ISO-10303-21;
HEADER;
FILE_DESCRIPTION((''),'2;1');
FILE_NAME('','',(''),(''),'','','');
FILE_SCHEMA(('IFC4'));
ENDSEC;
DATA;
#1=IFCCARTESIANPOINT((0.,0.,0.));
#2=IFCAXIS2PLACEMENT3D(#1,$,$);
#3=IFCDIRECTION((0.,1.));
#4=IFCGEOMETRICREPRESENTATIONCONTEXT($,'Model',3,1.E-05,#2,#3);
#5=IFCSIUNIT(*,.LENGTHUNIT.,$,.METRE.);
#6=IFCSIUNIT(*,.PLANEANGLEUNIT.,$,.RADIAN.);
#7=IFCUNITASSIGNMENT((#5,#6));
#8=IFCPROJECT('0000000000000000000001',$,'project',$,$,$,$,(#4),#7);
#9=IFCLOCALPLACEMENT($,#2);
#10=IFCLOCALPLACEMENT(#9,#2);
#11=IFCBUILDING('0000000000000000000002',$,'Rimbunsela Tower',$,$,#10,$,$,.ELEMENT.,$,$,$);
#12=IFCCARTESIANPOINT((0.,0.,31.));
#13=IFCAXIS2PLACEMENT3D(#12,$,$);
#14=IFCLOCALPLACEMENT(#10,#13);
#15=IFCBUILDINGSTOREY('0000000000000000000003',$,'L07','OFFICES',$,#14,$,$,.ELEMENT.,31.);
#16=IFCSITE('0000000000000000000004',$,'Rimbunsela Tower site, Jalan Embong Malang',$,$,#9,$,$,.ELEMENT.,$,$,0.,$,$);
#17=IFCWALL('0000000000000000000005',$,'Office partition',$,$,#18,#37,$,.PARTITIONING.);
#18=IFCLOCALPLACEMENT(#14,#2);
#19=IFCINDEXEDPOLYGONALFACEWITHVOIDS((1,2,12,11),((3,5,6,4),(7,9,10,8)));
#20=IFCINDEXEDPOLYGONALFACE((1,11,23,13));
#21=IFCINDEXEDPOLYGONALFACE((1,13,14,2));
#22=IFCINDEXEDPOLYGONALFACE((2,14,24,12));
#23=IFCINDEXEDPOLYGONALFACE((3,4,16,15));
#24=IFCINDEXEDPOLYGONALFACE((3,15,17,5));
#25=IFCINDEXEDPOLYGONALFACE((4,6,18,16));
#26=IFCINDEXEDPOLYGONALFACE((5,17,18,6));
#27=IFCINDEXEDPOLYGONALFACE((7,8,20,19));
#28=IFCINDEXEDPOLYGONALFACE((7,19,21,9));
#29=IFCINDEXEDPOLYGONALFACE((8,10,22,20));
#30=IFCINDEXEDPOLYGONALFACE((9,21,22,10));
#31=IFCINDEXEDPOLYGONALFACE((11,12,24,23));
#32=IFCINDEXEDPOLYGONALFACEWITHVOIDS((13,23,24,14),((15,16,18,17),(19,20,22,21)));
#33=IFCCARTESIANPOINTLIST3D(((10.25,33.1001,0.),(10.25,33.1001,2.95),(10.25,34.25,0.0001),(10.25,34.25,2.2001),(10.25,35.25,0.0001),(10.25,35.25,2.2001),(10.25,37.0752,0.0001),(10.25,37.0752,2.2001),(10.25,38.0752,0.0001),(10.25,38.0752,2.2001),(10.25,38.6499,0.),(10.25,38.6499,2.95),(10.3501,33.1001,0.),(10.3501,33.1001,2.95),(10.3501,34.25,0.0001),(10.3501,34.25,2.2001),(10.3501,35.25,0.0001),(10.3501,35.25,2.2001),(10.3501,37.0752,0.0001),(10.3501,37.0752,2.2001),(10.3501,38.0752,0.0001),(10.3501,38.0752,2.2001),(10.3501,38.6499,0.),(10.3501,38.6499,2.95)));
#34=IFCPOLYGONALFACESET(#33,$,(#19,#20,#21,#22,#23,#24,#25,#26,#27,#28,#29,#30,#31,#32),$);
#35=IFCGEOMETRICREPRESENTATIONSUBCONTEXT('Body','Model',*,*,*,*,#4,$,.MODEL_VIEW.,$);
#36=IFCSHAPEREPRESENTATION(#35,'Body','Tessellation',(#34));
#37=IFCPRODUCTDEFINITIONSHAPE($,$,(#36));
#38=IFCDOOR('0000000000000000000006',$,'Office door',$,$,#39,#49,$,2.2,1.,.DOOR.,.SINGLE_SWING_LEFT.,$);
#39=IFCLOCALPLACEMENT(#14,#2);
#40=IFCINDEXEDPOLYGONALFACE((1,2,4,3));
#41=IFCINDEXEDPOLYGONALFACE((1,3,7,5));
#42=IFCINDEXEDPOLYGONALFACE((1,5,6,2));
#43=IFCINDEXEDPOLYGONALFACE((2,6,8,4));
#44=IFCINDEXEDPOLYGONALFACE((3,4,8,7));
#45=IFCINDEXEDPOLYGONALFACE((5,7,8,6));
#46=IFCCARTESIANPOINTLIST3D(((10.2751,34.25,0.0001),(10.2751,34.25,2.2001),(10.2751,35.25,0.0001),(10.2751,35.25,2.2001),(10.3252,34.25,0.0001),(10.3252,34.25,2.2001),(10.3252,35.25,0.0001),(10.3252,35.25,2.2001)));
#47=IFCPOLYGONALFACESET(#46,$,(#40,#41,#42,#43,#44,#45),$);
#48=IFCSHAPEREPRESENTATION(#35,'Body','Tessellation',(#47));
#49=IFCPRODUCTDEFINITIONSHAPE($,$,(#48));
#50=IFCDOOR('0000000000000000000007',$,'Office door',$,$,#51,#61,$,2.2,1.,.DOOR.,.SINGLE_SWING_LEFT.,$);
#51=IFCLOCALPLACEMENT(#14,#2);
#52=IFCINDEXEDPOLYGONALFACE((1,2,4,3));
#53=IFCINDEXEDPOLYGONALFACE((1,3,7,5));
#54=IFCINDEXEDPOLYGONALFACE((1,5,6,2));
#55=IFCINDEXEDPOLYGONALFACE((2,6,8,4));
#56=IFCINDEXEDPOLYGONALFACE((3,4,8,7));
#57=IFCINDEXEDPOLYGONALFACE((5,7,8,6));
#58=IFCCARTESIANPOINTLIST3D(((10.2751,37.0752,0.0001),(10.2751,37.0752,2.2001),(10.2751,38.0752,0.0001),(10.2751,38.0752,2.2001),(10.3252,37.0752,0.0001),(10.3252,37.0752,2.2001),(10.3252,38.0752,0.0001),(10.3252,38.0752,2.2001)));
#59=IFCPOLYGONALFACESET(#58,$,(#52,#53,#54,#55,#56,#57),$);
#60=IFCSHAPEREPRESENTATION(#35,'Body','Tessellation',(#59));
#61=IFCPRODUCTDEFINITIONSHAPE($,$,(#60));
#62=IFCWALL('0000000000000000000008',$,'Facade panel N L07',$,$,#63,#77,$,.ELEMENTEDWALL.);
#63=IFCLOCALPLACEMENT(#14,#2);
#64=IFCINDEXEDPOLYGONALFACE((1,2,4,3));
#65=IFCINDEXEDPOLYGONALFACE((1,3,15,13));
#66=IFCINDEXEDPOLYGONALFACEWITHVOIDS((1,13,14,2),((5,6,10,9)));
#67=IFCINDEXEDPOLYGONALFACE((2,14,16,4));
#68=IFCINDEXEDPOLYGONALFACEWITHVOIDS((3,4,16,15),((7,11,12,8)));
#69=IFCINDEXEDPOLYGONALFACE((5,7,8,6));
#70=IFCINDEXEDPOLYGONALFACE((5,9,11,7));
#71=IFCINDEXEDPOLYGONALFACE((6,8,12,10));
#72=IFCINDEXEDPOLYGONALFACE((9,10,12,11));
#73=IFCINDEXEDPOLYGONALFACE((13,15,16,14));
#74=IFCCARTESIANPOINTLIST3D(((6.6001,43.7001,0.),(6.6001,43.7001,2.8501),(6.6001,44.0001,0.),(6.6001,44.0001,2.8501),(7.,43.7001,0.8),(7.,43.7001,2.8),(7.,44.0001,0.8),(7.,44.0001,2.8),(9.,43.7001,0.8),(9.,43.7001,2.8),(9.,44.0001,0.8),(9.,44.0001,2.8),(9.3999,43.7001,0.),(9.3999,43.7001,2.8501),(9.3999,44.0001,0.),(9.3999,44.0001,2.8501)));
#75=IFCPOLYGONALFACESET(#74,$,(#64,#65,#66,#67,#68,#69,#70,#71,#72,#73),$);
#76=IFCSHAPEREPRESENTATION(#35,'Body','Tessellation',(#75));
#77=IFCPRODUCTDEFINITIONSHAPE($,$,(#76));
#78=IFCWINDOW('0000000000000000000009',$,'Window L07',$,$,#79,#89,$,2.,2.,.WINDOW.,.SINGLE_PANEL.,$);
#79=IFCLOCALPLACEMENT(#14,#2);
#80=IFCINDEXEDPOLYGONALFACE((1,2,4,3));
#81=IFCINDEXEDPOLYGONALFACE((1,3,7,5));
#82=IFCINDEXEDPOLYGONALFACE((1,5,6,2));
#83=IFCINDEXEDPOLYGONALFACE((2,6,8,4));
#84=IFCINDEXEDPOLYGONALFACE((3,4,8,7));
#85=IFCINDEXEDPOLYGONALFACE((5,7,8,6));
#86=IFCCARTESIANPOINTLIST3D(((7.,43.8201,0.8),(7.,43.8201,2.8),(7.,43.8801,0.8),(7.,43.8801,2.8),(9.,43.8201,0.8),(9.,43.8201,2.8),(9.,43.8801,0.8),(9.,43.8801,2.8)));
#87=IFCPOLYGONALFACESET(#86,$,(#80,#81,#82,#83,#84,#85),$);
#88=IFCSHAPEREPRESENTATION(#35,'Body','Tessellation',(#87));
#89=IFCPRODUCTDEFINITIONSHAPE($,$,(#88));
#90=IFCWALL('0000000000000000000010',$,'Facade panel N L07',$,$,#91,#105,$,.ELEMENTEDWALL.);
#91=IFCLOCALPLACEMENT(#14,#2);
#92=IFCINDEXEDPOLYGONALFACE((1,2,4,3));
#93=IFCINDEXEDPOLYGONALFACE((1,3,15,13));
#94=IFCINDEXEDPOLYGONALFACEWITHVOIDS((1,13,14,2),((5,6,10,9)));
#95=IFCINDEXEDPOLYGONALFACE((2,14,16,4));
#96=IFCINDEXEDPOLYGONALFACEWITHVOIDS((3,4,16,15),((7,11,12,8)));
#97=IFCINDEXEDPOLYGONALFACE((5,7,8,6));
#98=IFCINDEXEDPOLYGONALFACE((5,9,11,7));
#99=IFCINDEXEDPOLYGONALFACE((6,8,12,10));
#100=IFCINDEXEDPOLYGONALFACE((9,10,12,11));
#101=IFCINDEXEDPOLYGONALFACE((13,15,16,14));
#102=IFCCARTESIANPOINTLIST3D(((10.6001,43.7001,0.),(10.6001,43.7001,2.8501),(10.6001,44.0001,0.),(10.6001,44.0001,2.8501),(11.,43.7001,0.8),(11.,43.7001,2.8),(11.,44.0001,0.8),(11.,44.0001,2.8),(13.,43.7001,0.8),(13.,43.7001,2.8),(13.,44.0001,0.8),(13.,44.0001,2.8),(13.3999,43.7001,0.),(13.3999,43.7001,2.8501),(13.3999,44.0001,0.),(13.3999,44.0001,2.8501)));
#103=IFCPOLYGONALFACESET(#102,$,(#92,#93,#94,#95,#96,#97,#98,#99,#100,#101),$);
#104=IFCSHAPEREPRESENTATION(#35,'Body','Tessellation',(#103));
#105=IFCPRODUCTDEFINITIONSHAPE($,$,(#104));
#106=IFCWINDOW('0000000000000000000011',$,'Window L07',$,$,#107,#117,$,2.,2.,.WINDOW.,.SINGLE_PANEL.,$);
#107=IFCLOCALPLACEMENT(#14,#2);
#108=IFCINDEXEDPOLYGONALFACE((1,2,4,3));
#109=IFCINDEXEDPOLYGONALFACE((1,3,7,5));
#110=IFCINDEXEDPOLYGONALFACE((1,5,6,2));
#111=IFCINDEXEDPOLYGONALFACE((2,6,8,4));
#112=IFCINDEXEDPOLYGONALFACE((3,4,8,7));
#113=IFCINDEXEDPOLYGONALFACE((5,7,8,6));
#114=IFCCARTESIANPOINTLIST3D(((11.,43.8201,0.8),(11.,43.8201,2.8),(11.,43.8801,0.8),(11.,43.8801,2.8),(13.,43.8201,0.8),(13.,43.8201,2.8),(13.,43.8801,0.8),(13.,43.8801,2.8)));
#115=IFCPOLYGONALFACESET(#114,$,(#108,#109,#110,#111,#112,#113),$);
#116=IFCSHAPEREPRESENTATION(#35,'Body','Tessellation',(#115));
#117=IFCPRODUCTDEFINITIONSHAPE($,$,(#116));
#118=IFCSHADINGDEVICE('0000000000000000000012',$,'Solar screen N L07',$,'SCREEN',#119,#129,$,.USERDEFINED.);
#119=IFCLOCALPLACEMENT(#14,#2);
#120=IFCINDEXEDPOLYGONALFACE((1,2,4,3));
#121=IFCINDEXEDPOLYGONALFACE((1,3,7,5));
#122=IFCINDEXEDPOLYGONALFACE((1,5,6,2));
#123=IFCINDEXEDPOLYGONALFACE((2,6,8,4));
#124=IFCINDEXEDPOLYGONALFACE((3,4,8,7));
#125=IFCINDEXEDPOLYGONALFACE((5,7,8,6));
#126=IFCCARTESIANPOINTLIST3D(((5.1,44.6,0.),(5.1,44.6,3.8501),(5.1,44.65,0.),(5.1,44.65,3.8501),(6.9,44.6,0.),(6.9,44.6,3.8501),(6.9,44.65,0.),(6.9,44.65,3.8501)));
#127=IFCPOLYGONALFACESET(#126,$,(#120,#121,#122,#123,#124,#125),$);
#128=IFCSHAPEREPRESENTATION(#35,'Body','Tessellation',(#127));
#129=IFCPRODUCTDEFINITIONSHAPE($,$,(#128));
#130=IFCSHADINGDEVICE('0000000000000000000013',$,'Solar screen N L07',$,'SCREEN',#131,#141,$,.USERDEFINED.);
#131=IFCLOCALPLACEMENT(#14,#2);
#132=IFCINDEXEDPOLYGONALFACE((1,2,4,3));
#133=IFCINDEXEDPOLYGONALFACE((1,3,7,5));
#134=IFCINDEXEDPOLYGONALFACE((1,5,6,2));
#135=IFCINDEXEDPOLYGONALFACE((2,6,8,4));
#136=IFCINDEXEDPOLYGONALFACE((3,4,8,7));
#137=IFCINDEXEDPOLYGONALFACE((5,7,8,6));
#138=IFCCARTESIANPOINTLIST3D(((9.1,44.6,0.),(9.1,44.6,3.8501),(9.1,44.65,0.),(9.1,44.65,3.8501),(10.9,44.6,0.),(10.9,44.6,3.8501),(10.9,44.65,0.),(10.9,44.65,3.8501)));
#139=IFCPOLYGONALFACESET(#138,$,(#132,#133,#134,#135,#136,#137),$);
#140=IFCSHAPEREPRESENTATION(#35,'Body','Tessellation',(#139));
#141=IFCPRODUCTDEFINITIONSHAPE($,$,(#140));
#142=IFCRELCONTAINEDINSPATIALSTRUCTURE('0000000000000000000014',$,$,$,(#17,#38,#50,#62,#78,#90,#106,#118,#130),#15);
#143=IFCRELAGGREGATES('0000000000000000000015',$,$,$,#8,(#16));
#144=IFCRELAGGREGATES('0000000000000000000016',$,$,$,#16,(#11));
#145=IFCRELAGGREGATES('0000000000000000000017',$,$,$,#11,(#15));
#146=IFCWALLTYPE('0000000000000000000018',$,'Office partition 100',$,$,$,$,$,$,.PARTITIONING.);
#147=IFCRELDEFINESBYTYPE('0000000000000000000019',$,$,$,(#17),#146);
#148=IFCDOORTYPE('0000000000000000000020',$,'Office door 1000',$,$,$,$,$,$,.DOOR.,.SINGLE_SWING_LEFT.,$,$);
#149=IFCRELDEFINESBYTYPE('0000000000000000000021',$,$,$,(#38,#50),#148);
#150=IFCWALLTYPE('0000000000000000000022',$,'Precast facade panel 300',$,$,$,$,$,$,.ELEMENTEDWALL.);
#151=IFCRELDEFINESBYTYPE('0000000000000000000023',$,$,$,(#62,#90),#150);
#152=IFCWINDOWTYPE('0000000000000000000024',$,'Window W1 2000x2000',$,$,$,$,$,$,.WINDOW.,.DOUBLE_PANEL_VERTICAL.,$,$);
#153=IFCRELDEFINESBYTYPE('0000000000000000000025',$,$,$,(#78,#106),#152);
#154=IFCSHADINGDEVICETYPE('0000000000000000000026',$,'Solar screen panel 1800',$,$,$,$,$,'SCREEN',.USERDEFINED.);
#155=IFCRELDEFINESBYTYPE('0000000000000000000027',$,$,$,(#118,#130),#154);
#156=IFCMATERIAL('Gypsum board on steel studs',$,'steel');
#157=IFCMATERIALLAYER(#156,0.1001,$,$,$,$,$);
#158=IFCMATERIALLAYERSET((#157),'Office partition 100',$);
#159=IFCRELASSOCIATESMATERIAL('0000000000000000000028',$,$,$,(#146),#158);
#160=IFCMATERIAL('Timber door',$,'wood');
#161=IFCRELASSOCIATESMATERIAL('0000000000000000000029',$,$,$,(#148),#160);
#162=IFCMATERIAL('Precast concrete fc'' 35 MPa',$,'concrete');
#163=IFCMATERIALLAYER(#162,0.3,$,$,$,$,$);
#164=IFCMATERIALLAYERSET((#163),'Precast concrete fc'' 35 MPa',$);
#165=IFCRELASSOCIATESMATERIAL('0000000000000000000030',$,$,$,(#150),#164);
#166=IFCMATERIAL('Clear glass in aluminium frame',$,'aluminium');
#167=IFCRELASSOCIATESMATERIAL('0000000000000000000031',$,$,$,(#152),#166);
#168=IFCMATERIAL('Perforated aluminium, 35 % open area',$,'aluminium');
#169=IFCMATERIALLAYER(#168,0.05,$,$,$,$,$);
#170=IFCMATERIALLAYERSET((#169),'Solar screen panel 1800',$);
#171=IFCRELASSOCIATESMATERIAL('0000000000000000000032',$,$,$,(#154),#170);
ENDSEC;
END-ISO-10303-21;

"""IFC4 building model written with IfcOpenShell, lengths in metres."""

from ifc_helpers import new_model, si_unit, direction, frame, frame_2d, origin, origin_2d, place, context, subcontext, project, spatial, rectangle, extrude, material, layer, layer_set, type_object, element, fill, save


model = new_model("IFC4")

# Units and contexts
model_context = context("Model", 3, precision=1e-05, world=origin(), true_north=direction((0.0, 1.0)))
body_context = subcontext(model_context, "Body", "Model", "MODEL_VIEW")
ifc_project = project(units=[si_unit("LENGTHUNIT", "METRE"), si_unit("PLANEANGLEUNIT", "RADIAN")], contexts=[model_context])

# Site, building, storey
site_placement = place(None, origin())
site = spatial("IfcSite", under=ifc_project, at=site_placement, Name="Rimbunsela Tower site, Jalan Embong Malang", CompositionType="ELEMENT", RefElevation=0.0)
building_placement = place(site_placement, origin())
building = spatial("IfcBuilding", under=site, at=building_placement, Name="Rimbunsela Tower", CompositionType="ELEMENT")
storey_placement = place(building_placement, frame((0.0, 0.0, 31.0)))
storey = spatial("IfcBuildingStorey", under=building, at=storey_placement, Name="L07", Description="OFFICES", CompositionType="ELEMENT", Elevation=31.0)

# Shared definitions
ifc_material_1 = material(Name="Gypsum board on steel studs", Category="steel")
ifc_layer_1 = layer(ifc_material_1, 0.1001)
ifc_layer_set_1 = layer_set([ifc_layer_1], Name="Office partition 100")
wall_type_1 = type_object("IfcWallType", Name="Office partition 100", PredefinedType="PARTITIONING", material=ifc_layer_set_1)

# Wall, openings, doors
wall_1_placement = place(storey_placement, frame((10.3, 33.1001, 0.0), z_axis=(0.0, 0.0, 1.0), x_axis=(0.0, 1.0, 0.0)))
wall_1 = element("IfcWall", 1, at=wall_1_placement, inside=storey, type_object=wall_type_1, Name="Office partition", PredefinedType="PARTITIONING", context=body_context, shape_type="SweptSolid", body=[
    extrude(rectangle(XDim=5.5498, YDim=0.1001, at=frame_2d((2.7749, 0.0))), origin(), (0.0, 0.0, 1.0), 2.95),
])
opening_1_placement = place(wall_1_placement, frame((1.1499, 0.0, 0.0)))
opening_1 = element("IfcOpeningElement", 2, at=opening_1_placement, cuts=wall_1, PredefinedType="OPENING", context=body_context, shape_type="SweptSolid", body=[
    extrude(rectangle(XDim=1.0, YDim=2.2, at=frame_2d((0.5, 1.1001))), frame((0.0, 0.0601, 0.0), z_axis=(0.0, -1.0, 0.0), x_axis=(1.0, 0.0, 0.0)), (0.0, 0.0, 1.0), 0.1201),
])
opening_2_placement = place(wall_1_placement, frame((3.9751, 0.0, 0.0)))
opening_2 = element("IfcOpeningElement", 3, at=opening_2_placement, cuts=wall_1, PredefinedType="OPENING", context=body_context, shape_type="SweptSolid", body=[
    extrude(rectangle(XDim=1.0, YDim=2.2, at=frame_2d((0.5, 1.1001))), frame((0.0, 0.0601, 0.0), z_axis=(0.0, -1.0, 0.0), x_axis=(1.0, 0.0, 0.0)), (0.0, 0.0, 1.0), 0.1201),
])
ifc_material_2 = material(Name="Timber door", Category="wood")
door_type = type_object("IfcDoorType", Name="Office door 1000", OperationType="SINGLE_SWING_LEFT", PredefinedType="DOOR", material=ifc_material_2)
door_1_placement = place(opening_1_placement, origin())
door_1 = element("IfcDoor", 4, at=door_1_placement, inside=storey, type_object=door_type, Name="Office door", OperationType="SINGLE_SWING_LEFT", OverallHeight=2.2, OverallWidth=1.0, PredefinedType="DOOR", context=body_context, shape_type="SweptSolid", body=[
    extrude(rectangle(XDim=1.0, YDim=2.2, at=frame_2d((0.5, 1.1001))), frame((0.0, 0.0249, 0.0), z_axis=(0.0, -1.0, 0.0), x_axis=(1.0, 0.0, 0.0)), (0.0, 0.0, 1.0), 0.05),
])
fill(opening_1, door_1)
door_2_placement = place(opening_2_placement, origin())
door_2 = element("IfcDoor", 5, at=door_2_placement, inside=storey, type_object=door_type, Name="Office door", OperationType="SINGLE_SWING_LEFT", OverallHeight=2.2, OverallWidth=1.0, PredefinedType="DOOR", context=body_context, shape_type="SweptSolid", body=[
    extrude(rectangle(XDim=1.0, YDim=2.2, at=frame_2d((0.5, 1.1001))), frame((0.0, 0.0249, 0.0), z_axis=(0.0, -1.0, 0.0), x_axis=(1.0, 0.0, 0.0)), (0.0, 0.0, 1.0), 0.05),
])
fill(opening_2, door_2)

# Walls, openings, windows
ifc_material_3 = material(Name="Precast concrete fc' 35 MPa", Category="concrete")
ifc_layer_2 = layer(ifc_material_3, 0.3)
ifc_layer_set_2 = layer_set([ifc_layer_2], Name="Precast concrete fc' 35 MPa")
wall_type_2 = type_object("IfcWallType", Name="Precast facade panel 300", PredefinedType="ELEMENTEDWALL", material=ifc_layer_set_2)
wall_2_placement = place(storey_placement, frame((9.3999, 43.8501, 0.0), z_axis=(0.0, 0.0, 1.0), x_axis=(-1.0, 0.0, 0.0)))
wall_2 = element("IfcWall", 6, at=wall_2_placement, inside=storey, type_object=wall_type_2, Name="Facade panel N L07", PredefinedType="ELEMENTEDWALL", context=body_context, shape_type="SweptSolid", body=[
    extrude(rectangle(XDim=2.7998, YDim=0.3, at=frame_2d((1.3999, 0.0))), origin(), (0.0, 0.0, 1.0), 2.8501),
])
opening_3_placement = place(wall_2_placement, frame((0.3999, 0.0, 0.8)))
opening_3 = element("IfcOpeningElement", 7, at=opening_3_placement, cuts=wall_2, PredefinedType="OPENING", context=body_context, shape_type="SweptSolid", body=[
    extrude(rectangle(XDim=2.0, YDim=2.0, at=frame_2d((1.0, 1.0))), frame((0.0, 0.1599, 0.0), z_axis=(0.0, -1.0, 0.0), x_axis=(1.0, 0.0, 0.0)), (0.0, 0.0, 1.0), 0.3201),
])
ifc_material_4 = material(Name="Clear glass in aluminium frame", Category="aluminium")
window_type = type_object("IfcWindowType", Name="Window W1 2000x2000", PartitioningType="DOUBLE_PANEL_VERTICAL", PredefinedType="WINDOW", material=ifc_material_4)
window_1_placement = place(opening_3_placement, origin())
window_1 = element("IfcWindow", 8, at=window_1_placement, inside=storey, type_object=window_type, Name="Window L07", OverallHeight=2.0, OverallWidth=2.0, PartitioningType="SINGLE_PANEL", PredefinedType="WINDOW", context=body_context, shape_type="SweptSolid", body=[
    extrude(rectangle(XDim=2.0, YDim=2.0, at=frame_2d((1.0, 1.0))), frame((0.0, 0.03, 0.0), z_axis=(0.0, -1.0, 0.0), x_axis=(1.0, 0.0, 0.0)), (0.0, 0.0, 1.0), 0.0601),
])
fill(opening_3, window_1)
wall_3_placement = place(storey_placement, frame((13.3999, 43.8501, 0.0), z_axis=(0.0, 0.0, 1.0), x_axis=(-1.0, 0.0, 0.0)))
wall_3 = element("IfcWall", 9, at=wall_3_placement, inside=storey, type_object=wall_type_2, Name="Facade panel N L07", PredefinedType="ELEMENTEDWALL", context=body_context, shape_type="SweptSolid", body=[
    extrude(rectangle(XDim=2.7998, YDim=0.3, at=frame_2d((1.3999, 0.0))), origin(), (0.0, 0.0, 1.0), 2.8501),
])
opening_4_placement = place(wall_3_placement, frame((0.3999, 0.0, 0.8)))
opening_4 = element("IfcOpeningElement", 10, at=opening_4_placement, cuts=wall_3, PredefinedType="OPENING", context=body_context, shape_type="SweptSolid", body=[
    extrude(rectangle(XDim=2.0, YDim=2.0, at=frame_2d((1.0, 1.0))), frame((0.0, 0.1599, 0.0), z_axis=(0.0, -1.0, 0.0), x_axis=(1.0, 0.0, 0.0)), (0.0, 0.0, 1.0), 0.3201),
])
window_2_placement = place(opening_4_placement, origin())
window_2 = element("IfcWindow", 11, at=window_2_placement, inside=storey, type_object=window_type, Name="Window L07", OverallHeight=2.0, OverallWidth=2.0, PartitioningType="SINGLE_PANEL", PredefinedType="WINDOW", context=body_context, shape_type="SweptSolid", body=[
    extrude(rectangle(XDim=2.0, YDim=2.0, at=frame_2d((1.0, 1.0))), frame((0.0, 0.03, 0.0), z_axis=(0.0, -1.0, 0.0), x_axis=(1.0, 0.0, 0.0)), (0.0, 0.0, 1.0), 0.0601),
])
fill(opening_4, window_2)

# Shading devices
ifc_material_5 = material(Name="Perforated aluminium, 35 % open area", Category="aluminium")
ifc_layer_3 = layer(ifc_material_5, 0.05)
ifc_layer_set_3 = layer_set([ifc_layer_3], Name="Solar screen panel 1800")
shading_device_type = type_object("IfcShadingDeviceType", Name="Solar screen panel 1800", ElementType="SCREEN", PredefinedType="USERDEFINED", material=ifc_layer_set_3)
for number, where, z_axis, x_axis, name in (
    (12, (6.0, 44.625, 0.0), (0.0, 0.0, 1.0), (1.0, 0.0, 0.0), "Solar screen N L07"),
    (13, (10.0, 44.625, 0.0), (0.0, 0.0, 1.0), (1.0, 0.0, 0.0), "Solar screen N L07"),
):
    element("IfcShadingDevice", number, at=place(storey_placement, frame(where, z_axis=z_axis, x_axis=x_axis)), inside=storey, type_object=shading_device_type, Name=name, ObjectType="SCREEN", PredefinedType="USERDEFINED", context=body_context, shape_type="SweptSolid", body=[
        extrude(rectangle(XDim=1.8, YDim=0.05, at=origin_2d()), origin(), (0.0, 0.0, 1.0), 3.8501),
    ])

save(model, "model.ifc")
